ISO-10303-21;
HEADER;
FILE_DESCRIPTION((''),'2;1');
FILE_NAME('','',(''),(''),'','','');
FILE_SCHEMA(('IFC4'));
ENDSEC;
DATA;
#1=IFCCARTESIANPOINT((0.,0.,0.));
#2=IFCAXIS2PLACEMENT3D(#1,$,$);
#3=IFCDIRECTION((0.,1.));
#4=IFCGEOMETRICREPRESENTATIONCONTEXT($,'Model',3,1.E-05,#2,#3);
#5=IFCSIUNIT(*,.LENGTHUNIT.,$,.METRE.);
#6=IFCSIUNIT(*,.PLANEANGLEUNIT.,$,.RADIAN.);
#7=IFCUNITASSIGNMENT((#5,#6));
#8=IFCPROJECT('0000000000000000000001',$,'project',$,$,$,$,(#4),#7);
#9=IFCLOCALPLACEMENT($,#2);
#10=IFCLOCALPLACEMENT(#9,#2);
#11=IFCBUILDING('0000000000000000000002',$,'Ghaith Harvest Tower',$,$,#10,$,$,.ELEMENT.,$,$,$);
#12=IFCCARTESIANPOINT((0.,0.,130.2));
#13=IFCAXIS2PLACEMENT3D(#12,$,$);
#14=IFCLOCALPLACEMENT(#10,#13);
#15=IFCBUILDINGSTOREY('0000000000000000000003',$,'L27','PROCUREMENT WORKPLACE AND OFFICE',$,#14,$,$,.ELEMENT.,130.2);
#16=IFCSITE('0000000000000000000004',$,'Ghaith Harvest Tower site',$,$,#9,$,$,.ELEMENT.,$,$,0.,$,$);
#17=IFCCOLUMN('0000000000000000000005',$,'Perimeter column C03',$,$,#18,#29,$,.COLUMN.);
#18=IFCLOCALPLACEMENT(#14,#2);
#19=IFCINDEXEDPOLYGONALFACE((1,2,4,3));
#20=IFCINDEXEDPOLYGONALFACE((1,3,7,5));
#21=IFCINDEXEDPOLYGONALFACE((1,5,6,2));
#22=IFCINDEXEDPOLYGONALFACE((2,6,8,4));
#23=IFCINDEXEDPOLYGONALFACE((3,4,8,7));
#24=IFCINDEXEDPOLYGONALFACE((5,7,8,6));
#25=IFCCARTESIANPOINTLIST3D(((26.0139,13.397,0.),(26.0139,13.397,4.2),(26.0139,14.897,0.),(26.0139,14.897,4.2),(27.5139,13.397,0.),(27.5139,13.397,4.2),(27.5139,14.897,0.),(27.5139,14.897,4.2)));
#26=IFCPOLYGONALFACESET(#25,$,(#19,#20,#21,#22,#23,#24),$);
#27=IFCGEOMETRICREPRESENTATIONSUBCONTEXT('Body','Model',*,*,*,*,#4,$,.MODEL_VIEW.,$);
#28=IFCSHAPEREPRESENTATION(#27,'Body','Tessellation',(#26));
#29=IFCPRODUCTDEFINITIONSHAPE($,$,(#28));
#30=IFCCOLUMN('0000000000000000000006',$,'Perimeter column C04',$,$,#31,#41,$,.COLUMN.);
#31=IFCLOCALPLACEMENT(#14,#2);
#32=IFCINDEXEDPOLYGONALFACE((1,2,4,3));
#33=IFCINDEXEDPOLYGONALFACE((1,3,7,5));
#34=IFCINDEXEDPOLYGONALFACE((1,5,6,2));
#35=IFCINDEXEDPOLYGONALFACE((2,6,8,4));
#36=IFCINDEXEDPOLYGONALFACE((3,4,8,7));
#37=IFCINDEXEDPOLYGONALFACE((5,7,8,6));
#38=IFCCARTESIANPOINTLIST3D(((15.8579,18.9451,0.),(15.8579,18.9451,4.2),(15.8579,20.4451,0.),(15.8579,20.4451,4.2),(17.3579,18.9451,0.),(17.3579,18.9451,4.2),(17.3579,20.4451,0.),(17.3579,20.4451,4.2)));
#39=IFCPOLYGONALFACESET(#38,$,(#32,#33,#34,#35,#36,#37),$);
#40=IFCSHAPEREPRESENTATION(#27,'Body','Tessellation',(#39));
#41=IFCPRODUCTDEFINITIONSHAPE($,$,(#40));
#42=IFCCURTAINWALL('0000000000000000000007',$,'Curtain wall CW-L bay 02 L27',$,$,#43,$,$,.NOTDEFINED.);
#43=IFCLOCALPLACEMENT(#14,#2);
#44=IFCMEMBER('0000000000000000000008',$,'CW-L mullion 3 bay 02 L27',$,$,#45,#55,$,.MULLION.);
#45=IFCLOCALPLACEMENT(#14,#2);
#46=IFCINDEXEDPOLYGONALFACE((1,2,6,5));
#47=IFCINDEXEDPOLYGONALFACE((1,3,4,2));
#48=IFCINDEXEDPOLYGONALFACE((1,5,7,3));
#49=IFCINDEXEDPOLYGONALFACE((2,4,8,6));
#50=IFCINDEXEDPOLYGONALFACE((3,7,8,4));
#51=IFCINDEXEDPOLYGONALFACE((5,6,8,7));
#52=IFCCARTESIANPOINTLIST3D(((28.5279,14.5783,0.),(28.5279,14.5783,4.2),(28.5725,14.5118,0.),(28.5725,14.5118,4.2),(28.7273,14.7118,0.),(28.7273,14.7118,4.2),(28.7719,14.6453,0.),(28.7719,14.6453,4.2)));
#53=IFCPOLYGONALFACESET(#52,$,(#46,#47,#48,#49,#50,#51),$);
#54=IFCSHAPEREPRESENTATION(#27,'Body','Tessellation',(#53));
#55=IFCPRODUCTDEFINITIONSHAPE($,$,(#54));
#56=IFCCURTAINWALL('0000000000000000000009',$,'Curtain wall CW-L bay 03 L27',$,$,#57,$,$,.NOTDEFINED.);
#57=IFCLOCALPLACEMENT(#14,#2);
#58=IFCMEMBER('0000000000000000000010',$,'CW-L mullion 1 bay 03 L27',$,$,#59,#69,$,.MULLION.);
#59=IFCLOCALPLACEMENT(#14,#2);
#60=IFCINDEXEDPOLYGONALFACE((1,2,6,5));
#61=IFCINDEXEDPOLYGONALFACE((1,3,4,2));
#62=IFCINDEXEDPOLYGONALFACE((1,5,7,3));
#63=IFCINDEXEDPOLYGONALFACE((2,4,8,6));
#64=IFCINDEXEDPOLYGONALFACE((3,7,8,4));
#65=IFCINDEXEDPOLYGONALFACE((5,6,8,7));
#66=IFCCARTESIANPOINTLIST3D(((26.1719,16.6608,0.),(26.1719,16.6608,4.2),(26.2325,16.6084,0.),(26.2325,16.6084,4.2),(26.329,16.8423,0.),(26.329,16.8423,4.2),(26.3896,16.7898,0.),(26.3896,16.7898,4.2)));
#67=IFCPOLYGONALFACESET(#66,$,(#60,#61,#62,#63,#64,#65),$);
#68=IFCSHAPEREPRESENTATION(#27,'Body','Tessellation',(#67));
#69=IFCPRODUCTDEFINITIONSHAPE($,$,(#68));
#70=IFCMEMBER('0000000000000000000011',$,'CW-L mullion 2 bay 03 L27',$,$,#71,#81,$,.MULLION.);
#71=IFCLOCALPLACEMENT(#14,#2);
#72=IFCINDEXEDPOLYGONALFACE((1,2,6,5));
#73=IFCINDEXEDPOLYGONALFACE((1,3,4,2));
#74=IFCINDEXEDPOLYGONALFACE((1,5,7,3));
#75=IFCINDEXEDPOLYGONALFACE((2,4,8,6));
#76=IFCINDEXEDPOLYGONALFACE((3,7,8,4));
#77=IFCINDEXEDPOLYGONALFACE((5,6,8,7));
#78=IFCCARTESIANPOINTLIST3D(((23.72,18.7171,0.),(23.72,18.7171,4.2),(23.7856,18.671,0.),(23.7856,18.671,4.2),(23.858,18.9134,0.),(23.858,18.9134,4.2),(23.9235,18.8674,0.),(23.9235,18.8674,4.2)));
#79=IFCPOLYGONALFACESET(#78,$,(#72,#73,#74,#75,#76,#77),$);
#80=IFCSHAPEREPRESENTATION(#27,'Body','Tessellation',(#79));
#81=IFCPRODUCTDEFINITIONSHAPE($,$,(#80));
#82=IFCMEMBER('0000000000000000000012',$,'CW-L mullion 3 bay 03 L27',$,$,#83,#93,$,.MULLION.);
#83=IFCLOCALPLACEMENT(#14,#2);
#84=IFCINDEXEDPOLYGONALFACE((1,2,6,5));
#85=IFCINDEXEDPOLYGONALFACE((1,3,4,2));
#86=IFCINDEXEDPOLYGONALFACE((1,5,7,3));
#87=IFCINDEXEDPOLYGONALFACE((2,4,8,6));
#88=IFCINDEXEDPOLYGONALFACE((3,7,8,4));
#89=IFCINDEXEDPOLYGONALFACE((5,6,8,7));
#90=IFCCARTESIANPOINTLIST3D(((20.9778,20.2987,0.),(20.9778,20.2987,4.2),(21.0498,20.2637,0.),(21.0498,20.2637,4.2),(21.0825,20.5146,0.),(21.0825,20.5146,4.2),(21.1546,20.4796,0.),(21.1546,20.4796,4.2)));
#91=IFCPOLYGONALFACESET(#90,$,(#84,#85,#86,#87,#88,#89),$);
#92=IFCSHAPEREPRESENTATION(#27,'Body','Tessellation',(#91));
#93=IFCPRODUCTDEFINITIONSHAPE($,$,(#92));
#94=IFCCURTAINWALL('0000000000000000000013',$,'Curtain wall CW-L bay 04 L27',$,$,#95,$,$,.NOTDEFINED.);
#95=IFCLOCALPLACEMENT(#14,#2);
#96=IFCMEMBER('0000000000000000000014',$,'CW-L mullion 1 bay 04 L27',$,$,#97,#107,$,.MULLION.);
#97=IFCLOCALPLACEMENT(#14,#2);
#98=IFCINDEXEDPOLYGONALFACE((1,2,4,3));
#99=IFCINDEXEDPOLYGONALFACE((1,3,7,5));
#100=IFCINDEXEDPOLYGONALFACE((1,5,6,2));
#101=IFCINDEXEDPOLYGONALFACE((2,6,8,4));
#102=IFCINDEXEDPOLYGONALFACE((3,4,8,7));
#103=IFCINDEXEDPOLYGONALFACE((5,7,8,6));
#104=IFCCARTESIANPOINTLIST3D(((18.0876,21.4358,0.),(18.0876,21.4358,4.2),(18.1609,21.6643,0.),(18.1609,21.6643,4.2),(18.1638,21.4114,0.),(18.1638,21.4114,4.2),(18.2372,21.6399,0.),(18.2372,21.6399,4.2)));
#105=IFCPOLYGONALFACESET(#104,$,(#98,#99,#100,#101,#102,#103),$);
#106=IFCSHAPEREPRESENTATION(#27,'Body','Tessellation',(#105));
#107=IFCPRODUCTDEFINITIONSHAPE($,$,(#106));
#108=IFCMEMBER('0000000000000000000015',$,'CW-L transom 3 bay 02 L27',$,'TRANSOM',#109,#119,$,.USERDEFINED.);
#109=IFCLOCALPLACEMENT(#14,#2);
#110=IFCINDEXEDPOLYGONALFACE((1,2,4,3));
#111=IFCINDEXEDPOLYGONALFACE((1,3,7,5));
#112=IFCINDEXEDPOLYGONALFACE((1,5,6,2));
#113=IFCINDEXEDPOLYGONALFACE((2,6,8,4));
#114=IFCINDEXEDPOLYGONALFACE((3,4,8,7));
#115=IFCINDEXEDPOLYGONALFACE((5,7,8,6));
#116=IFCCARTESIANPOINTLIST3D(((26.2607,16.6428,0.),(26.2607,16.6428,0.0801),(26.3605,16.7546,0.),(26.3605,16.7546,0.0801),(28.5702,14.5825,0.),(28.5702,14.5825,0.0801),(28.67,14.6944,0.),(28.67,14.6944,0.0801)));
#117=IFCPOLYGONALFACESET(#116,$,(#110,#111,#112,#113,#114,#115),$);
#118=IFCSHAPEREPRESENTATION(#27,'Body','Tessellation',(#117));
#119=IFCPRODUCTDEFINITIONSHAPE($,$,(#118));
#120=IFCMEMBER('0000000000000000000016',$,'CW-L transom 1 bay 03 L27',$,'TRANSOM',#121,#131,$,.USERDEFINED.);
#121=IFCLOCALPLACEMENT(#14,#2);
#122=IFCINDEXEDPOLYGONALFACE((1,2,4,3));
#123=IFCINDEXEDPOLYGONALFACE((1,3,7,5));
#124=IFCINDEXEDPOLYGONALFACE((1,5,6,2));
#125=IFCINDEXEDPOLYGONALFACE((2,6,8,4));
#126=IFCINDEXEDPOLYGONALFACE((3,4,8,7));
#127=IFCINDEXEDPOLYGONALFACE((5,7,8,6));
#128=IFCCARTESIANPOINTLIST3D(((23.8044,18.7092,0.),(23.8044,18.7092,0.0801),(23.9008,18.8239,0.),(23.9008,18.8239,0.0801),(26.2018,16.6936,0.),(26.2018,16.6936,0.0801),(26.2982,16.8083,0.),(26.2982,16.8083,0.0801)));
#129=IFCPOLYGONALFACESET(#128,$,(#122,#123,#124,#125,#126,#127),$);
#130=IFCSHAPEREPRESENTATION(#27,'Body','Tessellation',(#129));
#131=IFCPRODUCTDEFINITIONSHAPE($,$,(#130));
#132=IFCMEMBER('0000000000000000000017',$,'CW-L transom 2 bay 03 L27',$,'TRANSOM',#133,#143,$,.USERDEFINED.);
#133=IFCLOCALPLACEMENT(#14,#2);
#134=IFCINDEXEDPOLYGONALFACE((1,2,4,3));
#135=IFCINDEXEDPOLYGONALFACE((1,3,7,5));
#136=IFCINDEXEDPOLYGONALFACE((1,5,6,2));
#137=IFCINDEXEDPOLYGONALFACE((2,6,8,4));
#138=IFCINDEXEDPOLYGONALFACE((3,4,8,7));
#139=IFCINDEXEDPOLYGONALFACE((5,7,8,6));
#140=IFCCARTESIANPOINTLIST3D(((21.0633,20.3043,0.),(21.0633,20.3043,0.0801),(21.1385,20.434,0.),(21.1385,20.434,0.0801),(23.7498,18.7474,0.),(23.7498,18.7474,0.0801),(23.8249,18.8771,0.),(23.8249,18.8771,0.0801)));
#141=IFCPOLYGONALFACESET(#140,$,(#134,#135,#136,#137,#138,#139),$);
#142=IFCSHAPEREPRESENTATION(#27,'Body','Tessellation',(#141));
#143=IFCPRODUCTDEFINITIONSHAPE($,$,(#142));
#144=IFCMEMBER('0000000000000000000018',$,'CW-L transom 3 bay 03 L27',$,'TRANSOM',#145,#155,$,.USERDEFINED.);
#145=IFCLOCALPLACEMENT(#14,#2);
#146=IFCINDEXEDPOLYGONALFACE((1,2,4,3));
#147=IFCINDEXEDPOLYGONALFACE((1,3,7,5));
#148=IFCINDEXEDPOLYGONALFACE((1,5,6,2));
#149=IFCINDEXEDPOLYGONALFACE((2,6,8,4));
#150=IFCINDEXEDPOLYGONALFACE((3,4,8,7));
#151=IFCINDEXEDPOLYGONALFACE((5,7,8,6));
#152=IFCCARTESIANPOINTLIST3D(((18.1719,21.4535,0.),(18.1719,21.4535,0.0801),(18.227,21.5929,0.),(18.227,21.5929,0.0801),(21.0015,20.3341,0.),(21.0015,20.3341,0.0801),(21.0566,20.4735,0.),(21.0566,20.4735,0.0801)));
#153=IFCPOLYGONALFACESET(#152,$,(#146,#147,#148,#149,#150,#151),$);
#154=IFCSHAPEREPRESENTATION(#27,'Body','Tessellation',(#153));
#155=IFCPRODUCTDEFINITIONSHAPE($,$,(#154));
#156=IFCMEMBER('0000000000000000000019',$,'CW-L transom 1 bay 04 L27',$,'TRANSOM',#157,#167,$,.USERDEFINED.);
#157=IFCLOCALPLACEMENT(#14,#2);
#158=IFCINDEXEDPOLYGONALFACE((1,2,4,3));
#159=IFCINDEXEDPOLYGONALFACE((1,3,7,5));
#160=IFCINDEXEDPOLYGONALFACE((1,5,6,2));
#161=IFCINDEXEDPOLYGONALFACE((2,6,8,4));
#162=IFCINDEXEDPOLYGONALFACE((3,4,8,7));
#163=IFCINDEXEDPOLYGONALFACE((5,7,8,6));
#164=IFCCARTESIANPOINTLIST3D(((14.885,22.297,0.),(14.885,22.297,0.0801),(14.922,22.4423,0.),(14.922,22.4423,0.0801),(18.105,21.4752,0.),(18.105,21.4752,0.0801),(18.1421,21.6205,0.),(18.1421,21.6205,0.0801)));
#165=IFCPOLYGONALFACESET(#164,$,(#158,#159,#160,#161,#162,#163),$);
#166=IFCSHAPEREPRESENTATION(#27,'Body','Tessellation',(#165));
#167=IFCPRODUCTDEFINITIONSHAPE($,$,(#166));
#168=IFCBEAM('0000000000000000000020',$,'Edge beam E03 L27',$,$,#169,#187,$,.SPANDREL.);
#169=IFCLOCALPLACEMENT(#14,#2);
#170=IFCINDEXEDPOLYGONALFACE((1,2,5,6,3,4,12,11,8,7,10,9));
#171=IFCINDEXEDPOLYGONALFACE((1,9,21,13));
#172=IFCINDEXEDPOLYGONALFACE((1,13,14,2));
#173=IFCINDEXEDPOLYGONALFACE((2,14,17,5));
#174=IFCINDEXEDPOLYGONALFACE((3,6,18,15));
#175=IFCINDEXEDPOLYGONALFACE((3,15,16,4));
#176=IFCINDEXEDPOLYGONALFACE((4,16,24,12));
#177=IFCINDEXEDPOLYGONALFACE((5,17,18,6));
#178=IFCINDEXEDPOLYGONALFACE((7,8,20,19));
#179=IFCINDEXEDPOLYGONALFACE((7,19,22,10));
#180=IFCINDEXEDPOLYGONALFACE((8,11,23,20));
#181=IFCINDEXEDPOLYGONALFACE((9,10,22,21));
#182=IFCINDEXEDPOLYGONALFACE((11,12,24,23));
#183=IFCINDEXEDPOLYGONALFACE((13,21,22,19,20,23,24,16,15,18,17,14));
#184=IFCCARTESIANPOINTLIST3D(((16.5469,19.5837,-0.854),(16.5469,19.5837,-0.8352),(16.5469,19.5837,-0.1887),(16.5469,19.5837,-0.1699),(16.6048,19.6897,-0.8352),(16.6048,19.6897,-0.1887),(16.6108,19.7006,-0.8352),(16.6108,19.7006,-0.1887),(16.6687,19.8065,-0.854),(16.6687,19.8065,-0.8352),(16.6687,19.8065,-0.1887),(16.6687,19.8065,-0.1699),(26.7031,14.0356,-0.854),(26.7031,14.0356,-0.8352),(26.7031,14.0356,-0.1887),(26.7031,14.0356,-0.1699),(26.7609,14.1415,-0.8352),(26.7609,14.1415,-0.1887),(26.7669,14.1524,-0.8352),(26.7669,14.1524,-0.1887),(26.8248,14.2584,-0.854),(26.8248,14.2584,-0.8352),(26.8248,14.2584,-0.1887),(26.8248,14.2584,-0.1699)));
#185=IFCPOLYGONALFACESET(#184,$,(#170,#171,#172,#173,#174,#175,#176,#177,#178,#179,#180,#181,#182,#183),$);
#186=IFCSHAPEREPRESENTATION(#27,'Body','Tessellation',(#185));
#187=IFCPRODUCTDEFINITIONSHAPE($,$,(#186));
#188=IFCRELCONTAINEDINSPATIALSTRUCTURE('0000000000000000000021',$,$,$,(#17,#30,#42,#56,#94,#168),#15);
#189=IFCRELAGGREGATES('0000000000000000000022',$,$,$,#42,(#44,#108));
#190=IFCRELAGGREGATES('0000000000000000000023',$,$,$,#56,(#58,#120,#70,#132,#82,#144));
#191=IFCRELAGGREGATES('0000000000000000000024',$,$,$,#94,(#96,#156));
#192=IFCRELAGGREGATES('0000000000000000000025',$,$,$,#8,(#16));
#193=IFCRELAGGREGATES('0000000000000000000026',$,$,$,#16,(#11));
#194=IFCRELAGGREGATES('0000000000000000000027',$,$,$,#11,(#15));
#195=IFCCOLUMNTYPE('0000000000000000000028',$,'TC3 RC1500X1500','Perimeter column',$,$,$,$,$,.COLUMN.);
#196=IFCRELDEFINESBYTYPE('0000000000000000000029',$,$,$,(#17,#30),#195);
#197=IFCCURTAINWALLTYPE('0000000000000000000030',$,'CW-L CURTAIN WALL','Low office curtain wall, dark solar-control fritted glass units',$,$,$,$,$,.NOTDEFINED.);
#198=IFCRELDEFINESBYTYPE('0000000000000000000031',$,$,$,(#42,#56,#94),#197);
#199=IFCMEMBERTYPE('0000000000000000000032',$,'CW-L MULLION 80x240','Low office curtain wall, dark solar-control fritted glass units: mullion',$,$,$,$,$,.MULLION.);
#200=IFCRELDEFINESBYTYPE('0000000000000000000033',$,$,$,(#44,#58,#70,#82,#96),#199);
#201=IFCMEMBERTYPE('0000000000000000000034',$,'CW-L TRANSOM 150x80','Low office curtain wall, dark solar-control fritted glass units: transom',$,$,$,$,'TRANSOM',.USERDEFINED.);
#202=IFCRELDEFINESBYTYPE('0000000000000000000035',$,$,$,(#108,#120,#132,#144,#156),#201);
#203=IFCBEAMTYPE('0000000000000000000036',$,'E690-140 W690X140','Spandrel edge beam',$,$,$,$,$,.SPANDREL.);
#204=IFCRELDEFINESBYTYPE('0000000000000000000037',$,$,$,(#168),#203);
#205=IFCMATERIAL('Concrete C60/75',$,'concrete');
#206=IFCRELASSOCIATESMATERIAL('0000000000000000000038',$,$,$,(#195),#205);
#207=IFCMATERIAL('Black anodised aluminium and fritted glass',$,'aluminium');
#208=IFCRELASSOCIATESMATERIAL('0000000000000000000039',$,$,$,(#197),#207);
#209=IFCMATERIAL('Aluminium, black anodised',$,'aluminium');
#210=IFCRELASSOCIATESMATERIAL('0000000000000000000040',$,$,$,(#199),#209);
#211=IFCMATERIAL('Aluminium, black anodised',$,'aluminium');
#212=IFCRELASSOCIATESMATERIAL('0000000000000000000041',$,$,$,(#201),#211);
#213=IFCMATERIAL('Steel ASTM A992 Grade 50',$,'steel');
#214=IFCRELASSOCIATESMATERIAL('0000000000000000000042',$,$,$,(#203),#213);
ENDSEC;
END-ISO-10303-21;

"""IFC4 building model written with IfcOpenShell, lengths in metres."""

from ifc_helpers import new_model, si_unit, direction, frame, origin, origin_2d, place, context, subcontext, project, spatial, rectangle, i_section, extrude, material, material_profile, profile_set, type_object, element, aggregate, save


model = new_model("IFC4")

# Units and contexts
model_context = context("Model", 3, precision=1e-05, world=origin(), true_north=direction((0.0, 1.0)))
body_context = subcontext(model_context, "Body", "Model", "MODEL_VIEW")
ifc_project = project(units=[si_unit("LENGTHUNIT", "METRE"), si_unit("PLANEANGLEUNIT", "RADIAN")], contexts=[model_context])

# Site, building, storey
site_placement = place(None, origin())
site = spatial("IfcSite", under=ifc_project, at=site_placement, Name="Ghaith Harvest Tower site", CompositionType="ELEMENT", RefElevation=0.0)
building_placement = place(site_placement, origin())
building = spatial("IfcBuilding", under=site, at=building_placement, Name="Ghaith Harvest Tower", CompositionType="ELEMENT")
storey_placement = place(building_placement, frame((0.0, 0.0, 130.2)))
storey = spatial("IfcBuildingStorey", under=building, at=storey_placement, Name="L27", Description="PROCUREMENT WORKPLACE AND OFFICE", CompositionType="ELEMENT", Elevation=130.2)

# Columns
ifc_material_1 = material(Name="Concrete C60/75", Category="concrete")
ifc_material_profile_1 = material_profile(ifc_material_1, rectangle(XDim=1.5, YDim=1.5, at=origin_2d()), Name="RC1500X1500")
ifc_profile_set_1 = profile_set([ifc_material_profile_1], Name="Concrete C60/75")
column_type = type_object("IfcColumnType", Name="TC3 RC1500X1500", Description="Perimeter column", PredefinedType="COLUMN", material=ifc_profile_set_1)
for number, where, z_axis, x_axis, name in (
    (1, (26.7639, 14.147, 0.0), (0.0, 0.0, 1.0), (1.0, 0.0, 0.0), "Perimeter column C03"),
    (2, (16.6079, 19.6951, 0.0), (0.0, 0.0, 1.0), (1.0, 0.0, 0.0), "Perimeter column C04"),
):
    element("IfcColumn", number, at=place(storey_placement, frame(where, z_axis=z_axis, x_axis=x_axis)), inside=storey, type_object=column_type, Name=name, PredefinedType="COLUMN", context=body_context, shape_type="SweptSolid", body=[
        extrude(rectangle(XDim=1.5, YDim=1.5, at=origin_2d()), origin(), (0.0, 0.0, 1.0), 4.2),
    ])

# Curtain wall, member
ifc_material_2 = material(Name="Black anodised aluminium and fritted glass", Category="aluminium")
curtain_wall_type = type_object("IfcCurtainWallType", Name="CW-L CURTAIN WALL", Description="Low office curtain wall, dark solar-control fritted glass units", PredefinedType="NOTDEFINED", material=ifc_material_2)
curtain_wall_1_placement = place(storey_placement, origin())
curtain_wall_1 = element("IfcCurtainWall", 3, at=curtain_wall_1_placement, inside=storey, type_object=curtain_wall_type, Name="Curtain wall CW-L bay 02 L27", PredefinedType="NOTDEFINED")
ifc_material_3 = material(Name="Aluminium, black anodised", Category="aluminium")
ifc_material_profile_2 = material_profile(ifc_material_3, rectangle(XDim=0.0801, YDim=0.24, at=origin_2d()), Name="CW-L MULLION 80x240")
ifc_profile_set_2 = profile_set([ifc_material_profile_2], Name="Aluminium, black anodised")
member_type_1 = type_object("IfcMemberType", Name="CW-L MULLION 80x240", Description="Low office curtain wall, dark solar-control fritted glass units: mullion", PredefinedType="MULLION", material=ifc_profile_set_2)
member_1_placement = place(storey_placement, frame((28.6499, 14.6118, 0.0), z_axis=(0.0, 0.0, 1.0), x_axis=(-0.556324, 0.830965, 0.0)))
member_1 = element("IfcMember", 4, at=member_1_placement, type_object=member_type_1, Name="CW-L mullion 3 bay 02 L27", PredefinedType="MULLION", context=body_context, shape_type="SweptSolid", body=[
    extrude(rectangle(XDim=0.0801, YDim=0.24, at=origin_2d()), origin(), (0.0, 0.0, 1.0), 4.2),
])

# Curtain wall, members
curtain_wall_2_placement = place(storey_placement, origin())
curtain_wall_2 = element("IfcCurtainWall", 5, at=curtain_wall_2_placement, inside=storey, type_object=curtain_wall_type, Name="Curtain wall CW-L bay 03 L27", PredefinedType="NOTDEFINED")
member_2_placement = place(storey_placement, frame((26.2808, 16.7253, 0.0), z_axis=(0.0, 0.0, 1.0), x_axis=(-0.755999, 0.654572, 0.0)))
member_2 = element("IfcMember", 6, at=member_2_placement, type_object=member_type_1, Name="CW-L mullion 1 bay 03 L27", PredefinedType="MULLION", context=body_context, shape_type="SweptSolid", body=[
    extrude(rectangle(XDim=0.0801, YDim=0.24, at=origin_2d()), origin(), (0.0, 0.0, 1.0), 4.2),
])
member_3_placement = place(storey_placement, frame((23.8218, 18.7922, 0.0), z_axis=(0.0, 0.0, 1.0), x_axis=(-0.818229, 0.574893, 0.0)))
member_3 = element("IfcMember", 7, at=member_3_placement, type_object=member_type_1, Name="CW-L mullion 2 bay 03 L27", PredefinedType="MULLION", context=body_context, shape_type="SweptSolid", body=[
    extrude(rectangle(XDim=0.0801, YDim=0.24, at=origin_2d()), origin(), (0.0, 0.0, 1.0), 4.2),
])
member_4_placement = place(storey_placement, frame((21.0662, 20.3892, 0.0), z_axis=(0.0, 0.0, 1.0), x_axis=(-0.899713, 0.436481, 0.0)))
member_4 = element("IfcMember", 8, at=member_4_placement, type_object=member_type_1, Name="CW-L mullion 3 bay 03 L27", PredefinedType="MULLION", context=body_context, shape_type="SweptSolid", body=[
    extrude(rectangle(XDim=0.0801, YDim=0.24, at=origin_2d()), origin(), (0.0, 0.0, 1.0), 4.2),
])

# Curtain wall, member
curtain_wall_3_placement = place(storey_placement, origin())
curtain_wall_3 = element("IfcCurtainWall", 9, at=curtain_wall_3_placement, inside=storey, type_object=curtain_wall_type, Name="Curtain wall CW-L bay 04 L27", PredefinedType="NOTDEFINED")
member_5_placement = place(storey_placement, frame((18.1624, 21.5378, 0.0), z_axis=(0.0, 0.0, 1.0), x_axis=(-0.952152, 0.305624, 0.0)))
member_5 = element("IfcMember", 10, at=member_5_placement, type_object=member_type_1, Name="CW-L mullion 1 bay 04 L27", PredefinedType="MULLION", context=body_context, shape_type="SweptSolid", body=[
    extrude(rectangle(XDim=0.0801, YDim=0.24, at=origin_2d()), origin(), (0.0, 0.0, 1.0), 4.2),
])

# Members
ifc_material_4 = material(Name="Aluminium, black anodised", Category="aluminium")
ifc_material_profile_3 = material_profile(ifc_material_4, rectangle(XDim=0.1499, YDim=0.0801, at=origin_2d()), Name="CW-L TRANSOM 150x80")
ifc_profile_set_3 = profile_set([ifc_material_profile_3], Name="Aluminium, black anodised")
member_type_2 = type_object("IfcMemberType", Name="CW-L TRANSOM 150x80", Description="Low office curtain wall, dark solar-control fritted glass units: transom", ElementType="TRANSOM", PredefinedType="USERDEFINED", material=ifc_profile_set_3)
member_6_placement = place(storey_placement, frame((28.6201, 14.6384, 0.04), z_axis=(-0.746229, 0.66569, 0.0), x_axis=(-0.66569, -0.746229, 0.0)))
member_6 = element("IfcMember", 11, at=member_6_placement, type_object=member_type_2, Name="CW-L transom 3 bay 02 L27", ObjectType="TRANSOM", PredefinedType="USERDEFINED", context=body_context, shape_type="SweptSolid", body=[
    extrude(rectangle(XDim=0.1499, YDim=0.0801, at=origin_2d()), origin(), (0.0, 0.0, 1.0), 3.095),
])
member_7_placement = place(storey_placement, frame((26.25, 16.751, 0.04), z_axis=(-0.765428, 0.643521, 0.0), x_axis=(-0.643521, -0.765428, 0.0)))
member_7 = element("IfcMember", 12, at=member_7_placement, type_object=member_type_2, Name="CW-L transom 1 bay 03 L27", ObjectType="TRANSOM", PredefinedType="USERDEFINED", context=body_context, shape_type="SweptSolid", body=[
    extrude(rectangle(XDim=0.1499, YDim=0.0801, at=origin_2d()), origin(), (0.0, 0.0, 1.0), 3.1321),
])
member_8_placement = place(storey_placement, frame((23.7874, 18.8123, 0.04), z_axis=(-0.865213, 0.501405, 0.0), x_axis=(-0.501405, -0.865213, 0.0)))
member_8 = element("IfcMember", 13, at=member_8_placement, type_object=member_type_2, Name="CW-L transom 2 bay 03 L27", ObjectType="TRANSOM", PredefinedType="USERDEFINED", context=body_context, shape_type="SweptSolid", body=[
    extrude(rectangle(XDim=0.1499, YDim=0.0801, at=origin_2d()), origin(), (0.0, 0.0, 1.0), 3.105),
])
member_9_placement = place(storey_placement, frame((21.0291, 20.4038, 0.04), z_axis=(-0.929881, 0.367861, 0.0), x_axis=(-0.367861, -0.929881, 0.0)))
member_9 = element("IfcMember", 14, at=member_9_placement, type_object=member_type_2, Name="CW-L transom 3 bay 03 L27", ObjectType="TRANSOM", PredefinedType="USERDEFINED", context=body_context, shape_type="SweptSolid", body=[
    extrude(rectangle(XDim=0.1499, YDim=0.0801, at=origin_2d()), origin(), (0.0, 0.0, 1.0), 3.043),
])
member_10_placement = place(storey_placement, frame((18.1235, 21.5479, 0.04), z_axis=(-0.968942, 0.247286, 0.0), x_axis=(-0.247286, -0.968942, 0.0)))
member_10 = element("IfcMember", 15, at=member_10_placement, type_object=member_type_2, Name="CW-L transom 1 bay 04 L27", ObjectType="TRANSOM", PredefinedType="USERDEFINED", context=body_context, shape_type="SweptSolid", body=[
    extrude(rectangle(XDim=0.1499, YDim=0.0801, at=origin_2d()), origin(), (0.0, 0.0, 1.0), 3.3232),
])

# Beam
ifc_material_5 = material(Name="Steel ASTM A992 Grade 50", Category="steel")
ifc_material_profile_4 = material_profile(ifc_material_5, i_section(OverallWidth=0.2539, OverallDepth=0.6841, WebThickness=0.0125, FlangeThickness=0.0188, at=origin_2d()), Name="W690X140")
ifc_profile_set_4 = profile_set([ifc_material_profile_4], Name="Steel ASTM A992 Grade 50")
beam_type = type_object("IfcBeamType", Name="E690-140 W690X140", Description="Spandrel edge beam", PredefinedType="SPANDREL", material=ifc_profile_set_4)
beam_1_placement = place(storey_placement, frame((26.7639, 14.147, -0.512), z_axis=(-0.877588, 0.479415, 0.0), x_axis=(-0.479415, -0.877588, 0.0)))
element("IfcBeam", 16, at=beam_1_placement, inside=storey, type_object=beam_type, Name="Edge beam E03 L27", PredefinedType="SPANDREL", context=body_context, shape_type="SweptSolid", body=[
    extrude(i_section(OverallWidth=0.2539, OverallDepth=0.6841, WebThickness=0.0125, FlangeThickness=0.0188, at=origin_2d()), origin(), (0.0, 0.0, 1.0), 11.5728),
])

aggregate(curtain_wall_1, [member_1, member_6])
aggregate(curtain_wall_2, [member_2, member_7, member_3, member_8, member_4, member_9])
aggregate(curtain_wall_3, [member_5, member_10])

save(model, "model.ifc")
